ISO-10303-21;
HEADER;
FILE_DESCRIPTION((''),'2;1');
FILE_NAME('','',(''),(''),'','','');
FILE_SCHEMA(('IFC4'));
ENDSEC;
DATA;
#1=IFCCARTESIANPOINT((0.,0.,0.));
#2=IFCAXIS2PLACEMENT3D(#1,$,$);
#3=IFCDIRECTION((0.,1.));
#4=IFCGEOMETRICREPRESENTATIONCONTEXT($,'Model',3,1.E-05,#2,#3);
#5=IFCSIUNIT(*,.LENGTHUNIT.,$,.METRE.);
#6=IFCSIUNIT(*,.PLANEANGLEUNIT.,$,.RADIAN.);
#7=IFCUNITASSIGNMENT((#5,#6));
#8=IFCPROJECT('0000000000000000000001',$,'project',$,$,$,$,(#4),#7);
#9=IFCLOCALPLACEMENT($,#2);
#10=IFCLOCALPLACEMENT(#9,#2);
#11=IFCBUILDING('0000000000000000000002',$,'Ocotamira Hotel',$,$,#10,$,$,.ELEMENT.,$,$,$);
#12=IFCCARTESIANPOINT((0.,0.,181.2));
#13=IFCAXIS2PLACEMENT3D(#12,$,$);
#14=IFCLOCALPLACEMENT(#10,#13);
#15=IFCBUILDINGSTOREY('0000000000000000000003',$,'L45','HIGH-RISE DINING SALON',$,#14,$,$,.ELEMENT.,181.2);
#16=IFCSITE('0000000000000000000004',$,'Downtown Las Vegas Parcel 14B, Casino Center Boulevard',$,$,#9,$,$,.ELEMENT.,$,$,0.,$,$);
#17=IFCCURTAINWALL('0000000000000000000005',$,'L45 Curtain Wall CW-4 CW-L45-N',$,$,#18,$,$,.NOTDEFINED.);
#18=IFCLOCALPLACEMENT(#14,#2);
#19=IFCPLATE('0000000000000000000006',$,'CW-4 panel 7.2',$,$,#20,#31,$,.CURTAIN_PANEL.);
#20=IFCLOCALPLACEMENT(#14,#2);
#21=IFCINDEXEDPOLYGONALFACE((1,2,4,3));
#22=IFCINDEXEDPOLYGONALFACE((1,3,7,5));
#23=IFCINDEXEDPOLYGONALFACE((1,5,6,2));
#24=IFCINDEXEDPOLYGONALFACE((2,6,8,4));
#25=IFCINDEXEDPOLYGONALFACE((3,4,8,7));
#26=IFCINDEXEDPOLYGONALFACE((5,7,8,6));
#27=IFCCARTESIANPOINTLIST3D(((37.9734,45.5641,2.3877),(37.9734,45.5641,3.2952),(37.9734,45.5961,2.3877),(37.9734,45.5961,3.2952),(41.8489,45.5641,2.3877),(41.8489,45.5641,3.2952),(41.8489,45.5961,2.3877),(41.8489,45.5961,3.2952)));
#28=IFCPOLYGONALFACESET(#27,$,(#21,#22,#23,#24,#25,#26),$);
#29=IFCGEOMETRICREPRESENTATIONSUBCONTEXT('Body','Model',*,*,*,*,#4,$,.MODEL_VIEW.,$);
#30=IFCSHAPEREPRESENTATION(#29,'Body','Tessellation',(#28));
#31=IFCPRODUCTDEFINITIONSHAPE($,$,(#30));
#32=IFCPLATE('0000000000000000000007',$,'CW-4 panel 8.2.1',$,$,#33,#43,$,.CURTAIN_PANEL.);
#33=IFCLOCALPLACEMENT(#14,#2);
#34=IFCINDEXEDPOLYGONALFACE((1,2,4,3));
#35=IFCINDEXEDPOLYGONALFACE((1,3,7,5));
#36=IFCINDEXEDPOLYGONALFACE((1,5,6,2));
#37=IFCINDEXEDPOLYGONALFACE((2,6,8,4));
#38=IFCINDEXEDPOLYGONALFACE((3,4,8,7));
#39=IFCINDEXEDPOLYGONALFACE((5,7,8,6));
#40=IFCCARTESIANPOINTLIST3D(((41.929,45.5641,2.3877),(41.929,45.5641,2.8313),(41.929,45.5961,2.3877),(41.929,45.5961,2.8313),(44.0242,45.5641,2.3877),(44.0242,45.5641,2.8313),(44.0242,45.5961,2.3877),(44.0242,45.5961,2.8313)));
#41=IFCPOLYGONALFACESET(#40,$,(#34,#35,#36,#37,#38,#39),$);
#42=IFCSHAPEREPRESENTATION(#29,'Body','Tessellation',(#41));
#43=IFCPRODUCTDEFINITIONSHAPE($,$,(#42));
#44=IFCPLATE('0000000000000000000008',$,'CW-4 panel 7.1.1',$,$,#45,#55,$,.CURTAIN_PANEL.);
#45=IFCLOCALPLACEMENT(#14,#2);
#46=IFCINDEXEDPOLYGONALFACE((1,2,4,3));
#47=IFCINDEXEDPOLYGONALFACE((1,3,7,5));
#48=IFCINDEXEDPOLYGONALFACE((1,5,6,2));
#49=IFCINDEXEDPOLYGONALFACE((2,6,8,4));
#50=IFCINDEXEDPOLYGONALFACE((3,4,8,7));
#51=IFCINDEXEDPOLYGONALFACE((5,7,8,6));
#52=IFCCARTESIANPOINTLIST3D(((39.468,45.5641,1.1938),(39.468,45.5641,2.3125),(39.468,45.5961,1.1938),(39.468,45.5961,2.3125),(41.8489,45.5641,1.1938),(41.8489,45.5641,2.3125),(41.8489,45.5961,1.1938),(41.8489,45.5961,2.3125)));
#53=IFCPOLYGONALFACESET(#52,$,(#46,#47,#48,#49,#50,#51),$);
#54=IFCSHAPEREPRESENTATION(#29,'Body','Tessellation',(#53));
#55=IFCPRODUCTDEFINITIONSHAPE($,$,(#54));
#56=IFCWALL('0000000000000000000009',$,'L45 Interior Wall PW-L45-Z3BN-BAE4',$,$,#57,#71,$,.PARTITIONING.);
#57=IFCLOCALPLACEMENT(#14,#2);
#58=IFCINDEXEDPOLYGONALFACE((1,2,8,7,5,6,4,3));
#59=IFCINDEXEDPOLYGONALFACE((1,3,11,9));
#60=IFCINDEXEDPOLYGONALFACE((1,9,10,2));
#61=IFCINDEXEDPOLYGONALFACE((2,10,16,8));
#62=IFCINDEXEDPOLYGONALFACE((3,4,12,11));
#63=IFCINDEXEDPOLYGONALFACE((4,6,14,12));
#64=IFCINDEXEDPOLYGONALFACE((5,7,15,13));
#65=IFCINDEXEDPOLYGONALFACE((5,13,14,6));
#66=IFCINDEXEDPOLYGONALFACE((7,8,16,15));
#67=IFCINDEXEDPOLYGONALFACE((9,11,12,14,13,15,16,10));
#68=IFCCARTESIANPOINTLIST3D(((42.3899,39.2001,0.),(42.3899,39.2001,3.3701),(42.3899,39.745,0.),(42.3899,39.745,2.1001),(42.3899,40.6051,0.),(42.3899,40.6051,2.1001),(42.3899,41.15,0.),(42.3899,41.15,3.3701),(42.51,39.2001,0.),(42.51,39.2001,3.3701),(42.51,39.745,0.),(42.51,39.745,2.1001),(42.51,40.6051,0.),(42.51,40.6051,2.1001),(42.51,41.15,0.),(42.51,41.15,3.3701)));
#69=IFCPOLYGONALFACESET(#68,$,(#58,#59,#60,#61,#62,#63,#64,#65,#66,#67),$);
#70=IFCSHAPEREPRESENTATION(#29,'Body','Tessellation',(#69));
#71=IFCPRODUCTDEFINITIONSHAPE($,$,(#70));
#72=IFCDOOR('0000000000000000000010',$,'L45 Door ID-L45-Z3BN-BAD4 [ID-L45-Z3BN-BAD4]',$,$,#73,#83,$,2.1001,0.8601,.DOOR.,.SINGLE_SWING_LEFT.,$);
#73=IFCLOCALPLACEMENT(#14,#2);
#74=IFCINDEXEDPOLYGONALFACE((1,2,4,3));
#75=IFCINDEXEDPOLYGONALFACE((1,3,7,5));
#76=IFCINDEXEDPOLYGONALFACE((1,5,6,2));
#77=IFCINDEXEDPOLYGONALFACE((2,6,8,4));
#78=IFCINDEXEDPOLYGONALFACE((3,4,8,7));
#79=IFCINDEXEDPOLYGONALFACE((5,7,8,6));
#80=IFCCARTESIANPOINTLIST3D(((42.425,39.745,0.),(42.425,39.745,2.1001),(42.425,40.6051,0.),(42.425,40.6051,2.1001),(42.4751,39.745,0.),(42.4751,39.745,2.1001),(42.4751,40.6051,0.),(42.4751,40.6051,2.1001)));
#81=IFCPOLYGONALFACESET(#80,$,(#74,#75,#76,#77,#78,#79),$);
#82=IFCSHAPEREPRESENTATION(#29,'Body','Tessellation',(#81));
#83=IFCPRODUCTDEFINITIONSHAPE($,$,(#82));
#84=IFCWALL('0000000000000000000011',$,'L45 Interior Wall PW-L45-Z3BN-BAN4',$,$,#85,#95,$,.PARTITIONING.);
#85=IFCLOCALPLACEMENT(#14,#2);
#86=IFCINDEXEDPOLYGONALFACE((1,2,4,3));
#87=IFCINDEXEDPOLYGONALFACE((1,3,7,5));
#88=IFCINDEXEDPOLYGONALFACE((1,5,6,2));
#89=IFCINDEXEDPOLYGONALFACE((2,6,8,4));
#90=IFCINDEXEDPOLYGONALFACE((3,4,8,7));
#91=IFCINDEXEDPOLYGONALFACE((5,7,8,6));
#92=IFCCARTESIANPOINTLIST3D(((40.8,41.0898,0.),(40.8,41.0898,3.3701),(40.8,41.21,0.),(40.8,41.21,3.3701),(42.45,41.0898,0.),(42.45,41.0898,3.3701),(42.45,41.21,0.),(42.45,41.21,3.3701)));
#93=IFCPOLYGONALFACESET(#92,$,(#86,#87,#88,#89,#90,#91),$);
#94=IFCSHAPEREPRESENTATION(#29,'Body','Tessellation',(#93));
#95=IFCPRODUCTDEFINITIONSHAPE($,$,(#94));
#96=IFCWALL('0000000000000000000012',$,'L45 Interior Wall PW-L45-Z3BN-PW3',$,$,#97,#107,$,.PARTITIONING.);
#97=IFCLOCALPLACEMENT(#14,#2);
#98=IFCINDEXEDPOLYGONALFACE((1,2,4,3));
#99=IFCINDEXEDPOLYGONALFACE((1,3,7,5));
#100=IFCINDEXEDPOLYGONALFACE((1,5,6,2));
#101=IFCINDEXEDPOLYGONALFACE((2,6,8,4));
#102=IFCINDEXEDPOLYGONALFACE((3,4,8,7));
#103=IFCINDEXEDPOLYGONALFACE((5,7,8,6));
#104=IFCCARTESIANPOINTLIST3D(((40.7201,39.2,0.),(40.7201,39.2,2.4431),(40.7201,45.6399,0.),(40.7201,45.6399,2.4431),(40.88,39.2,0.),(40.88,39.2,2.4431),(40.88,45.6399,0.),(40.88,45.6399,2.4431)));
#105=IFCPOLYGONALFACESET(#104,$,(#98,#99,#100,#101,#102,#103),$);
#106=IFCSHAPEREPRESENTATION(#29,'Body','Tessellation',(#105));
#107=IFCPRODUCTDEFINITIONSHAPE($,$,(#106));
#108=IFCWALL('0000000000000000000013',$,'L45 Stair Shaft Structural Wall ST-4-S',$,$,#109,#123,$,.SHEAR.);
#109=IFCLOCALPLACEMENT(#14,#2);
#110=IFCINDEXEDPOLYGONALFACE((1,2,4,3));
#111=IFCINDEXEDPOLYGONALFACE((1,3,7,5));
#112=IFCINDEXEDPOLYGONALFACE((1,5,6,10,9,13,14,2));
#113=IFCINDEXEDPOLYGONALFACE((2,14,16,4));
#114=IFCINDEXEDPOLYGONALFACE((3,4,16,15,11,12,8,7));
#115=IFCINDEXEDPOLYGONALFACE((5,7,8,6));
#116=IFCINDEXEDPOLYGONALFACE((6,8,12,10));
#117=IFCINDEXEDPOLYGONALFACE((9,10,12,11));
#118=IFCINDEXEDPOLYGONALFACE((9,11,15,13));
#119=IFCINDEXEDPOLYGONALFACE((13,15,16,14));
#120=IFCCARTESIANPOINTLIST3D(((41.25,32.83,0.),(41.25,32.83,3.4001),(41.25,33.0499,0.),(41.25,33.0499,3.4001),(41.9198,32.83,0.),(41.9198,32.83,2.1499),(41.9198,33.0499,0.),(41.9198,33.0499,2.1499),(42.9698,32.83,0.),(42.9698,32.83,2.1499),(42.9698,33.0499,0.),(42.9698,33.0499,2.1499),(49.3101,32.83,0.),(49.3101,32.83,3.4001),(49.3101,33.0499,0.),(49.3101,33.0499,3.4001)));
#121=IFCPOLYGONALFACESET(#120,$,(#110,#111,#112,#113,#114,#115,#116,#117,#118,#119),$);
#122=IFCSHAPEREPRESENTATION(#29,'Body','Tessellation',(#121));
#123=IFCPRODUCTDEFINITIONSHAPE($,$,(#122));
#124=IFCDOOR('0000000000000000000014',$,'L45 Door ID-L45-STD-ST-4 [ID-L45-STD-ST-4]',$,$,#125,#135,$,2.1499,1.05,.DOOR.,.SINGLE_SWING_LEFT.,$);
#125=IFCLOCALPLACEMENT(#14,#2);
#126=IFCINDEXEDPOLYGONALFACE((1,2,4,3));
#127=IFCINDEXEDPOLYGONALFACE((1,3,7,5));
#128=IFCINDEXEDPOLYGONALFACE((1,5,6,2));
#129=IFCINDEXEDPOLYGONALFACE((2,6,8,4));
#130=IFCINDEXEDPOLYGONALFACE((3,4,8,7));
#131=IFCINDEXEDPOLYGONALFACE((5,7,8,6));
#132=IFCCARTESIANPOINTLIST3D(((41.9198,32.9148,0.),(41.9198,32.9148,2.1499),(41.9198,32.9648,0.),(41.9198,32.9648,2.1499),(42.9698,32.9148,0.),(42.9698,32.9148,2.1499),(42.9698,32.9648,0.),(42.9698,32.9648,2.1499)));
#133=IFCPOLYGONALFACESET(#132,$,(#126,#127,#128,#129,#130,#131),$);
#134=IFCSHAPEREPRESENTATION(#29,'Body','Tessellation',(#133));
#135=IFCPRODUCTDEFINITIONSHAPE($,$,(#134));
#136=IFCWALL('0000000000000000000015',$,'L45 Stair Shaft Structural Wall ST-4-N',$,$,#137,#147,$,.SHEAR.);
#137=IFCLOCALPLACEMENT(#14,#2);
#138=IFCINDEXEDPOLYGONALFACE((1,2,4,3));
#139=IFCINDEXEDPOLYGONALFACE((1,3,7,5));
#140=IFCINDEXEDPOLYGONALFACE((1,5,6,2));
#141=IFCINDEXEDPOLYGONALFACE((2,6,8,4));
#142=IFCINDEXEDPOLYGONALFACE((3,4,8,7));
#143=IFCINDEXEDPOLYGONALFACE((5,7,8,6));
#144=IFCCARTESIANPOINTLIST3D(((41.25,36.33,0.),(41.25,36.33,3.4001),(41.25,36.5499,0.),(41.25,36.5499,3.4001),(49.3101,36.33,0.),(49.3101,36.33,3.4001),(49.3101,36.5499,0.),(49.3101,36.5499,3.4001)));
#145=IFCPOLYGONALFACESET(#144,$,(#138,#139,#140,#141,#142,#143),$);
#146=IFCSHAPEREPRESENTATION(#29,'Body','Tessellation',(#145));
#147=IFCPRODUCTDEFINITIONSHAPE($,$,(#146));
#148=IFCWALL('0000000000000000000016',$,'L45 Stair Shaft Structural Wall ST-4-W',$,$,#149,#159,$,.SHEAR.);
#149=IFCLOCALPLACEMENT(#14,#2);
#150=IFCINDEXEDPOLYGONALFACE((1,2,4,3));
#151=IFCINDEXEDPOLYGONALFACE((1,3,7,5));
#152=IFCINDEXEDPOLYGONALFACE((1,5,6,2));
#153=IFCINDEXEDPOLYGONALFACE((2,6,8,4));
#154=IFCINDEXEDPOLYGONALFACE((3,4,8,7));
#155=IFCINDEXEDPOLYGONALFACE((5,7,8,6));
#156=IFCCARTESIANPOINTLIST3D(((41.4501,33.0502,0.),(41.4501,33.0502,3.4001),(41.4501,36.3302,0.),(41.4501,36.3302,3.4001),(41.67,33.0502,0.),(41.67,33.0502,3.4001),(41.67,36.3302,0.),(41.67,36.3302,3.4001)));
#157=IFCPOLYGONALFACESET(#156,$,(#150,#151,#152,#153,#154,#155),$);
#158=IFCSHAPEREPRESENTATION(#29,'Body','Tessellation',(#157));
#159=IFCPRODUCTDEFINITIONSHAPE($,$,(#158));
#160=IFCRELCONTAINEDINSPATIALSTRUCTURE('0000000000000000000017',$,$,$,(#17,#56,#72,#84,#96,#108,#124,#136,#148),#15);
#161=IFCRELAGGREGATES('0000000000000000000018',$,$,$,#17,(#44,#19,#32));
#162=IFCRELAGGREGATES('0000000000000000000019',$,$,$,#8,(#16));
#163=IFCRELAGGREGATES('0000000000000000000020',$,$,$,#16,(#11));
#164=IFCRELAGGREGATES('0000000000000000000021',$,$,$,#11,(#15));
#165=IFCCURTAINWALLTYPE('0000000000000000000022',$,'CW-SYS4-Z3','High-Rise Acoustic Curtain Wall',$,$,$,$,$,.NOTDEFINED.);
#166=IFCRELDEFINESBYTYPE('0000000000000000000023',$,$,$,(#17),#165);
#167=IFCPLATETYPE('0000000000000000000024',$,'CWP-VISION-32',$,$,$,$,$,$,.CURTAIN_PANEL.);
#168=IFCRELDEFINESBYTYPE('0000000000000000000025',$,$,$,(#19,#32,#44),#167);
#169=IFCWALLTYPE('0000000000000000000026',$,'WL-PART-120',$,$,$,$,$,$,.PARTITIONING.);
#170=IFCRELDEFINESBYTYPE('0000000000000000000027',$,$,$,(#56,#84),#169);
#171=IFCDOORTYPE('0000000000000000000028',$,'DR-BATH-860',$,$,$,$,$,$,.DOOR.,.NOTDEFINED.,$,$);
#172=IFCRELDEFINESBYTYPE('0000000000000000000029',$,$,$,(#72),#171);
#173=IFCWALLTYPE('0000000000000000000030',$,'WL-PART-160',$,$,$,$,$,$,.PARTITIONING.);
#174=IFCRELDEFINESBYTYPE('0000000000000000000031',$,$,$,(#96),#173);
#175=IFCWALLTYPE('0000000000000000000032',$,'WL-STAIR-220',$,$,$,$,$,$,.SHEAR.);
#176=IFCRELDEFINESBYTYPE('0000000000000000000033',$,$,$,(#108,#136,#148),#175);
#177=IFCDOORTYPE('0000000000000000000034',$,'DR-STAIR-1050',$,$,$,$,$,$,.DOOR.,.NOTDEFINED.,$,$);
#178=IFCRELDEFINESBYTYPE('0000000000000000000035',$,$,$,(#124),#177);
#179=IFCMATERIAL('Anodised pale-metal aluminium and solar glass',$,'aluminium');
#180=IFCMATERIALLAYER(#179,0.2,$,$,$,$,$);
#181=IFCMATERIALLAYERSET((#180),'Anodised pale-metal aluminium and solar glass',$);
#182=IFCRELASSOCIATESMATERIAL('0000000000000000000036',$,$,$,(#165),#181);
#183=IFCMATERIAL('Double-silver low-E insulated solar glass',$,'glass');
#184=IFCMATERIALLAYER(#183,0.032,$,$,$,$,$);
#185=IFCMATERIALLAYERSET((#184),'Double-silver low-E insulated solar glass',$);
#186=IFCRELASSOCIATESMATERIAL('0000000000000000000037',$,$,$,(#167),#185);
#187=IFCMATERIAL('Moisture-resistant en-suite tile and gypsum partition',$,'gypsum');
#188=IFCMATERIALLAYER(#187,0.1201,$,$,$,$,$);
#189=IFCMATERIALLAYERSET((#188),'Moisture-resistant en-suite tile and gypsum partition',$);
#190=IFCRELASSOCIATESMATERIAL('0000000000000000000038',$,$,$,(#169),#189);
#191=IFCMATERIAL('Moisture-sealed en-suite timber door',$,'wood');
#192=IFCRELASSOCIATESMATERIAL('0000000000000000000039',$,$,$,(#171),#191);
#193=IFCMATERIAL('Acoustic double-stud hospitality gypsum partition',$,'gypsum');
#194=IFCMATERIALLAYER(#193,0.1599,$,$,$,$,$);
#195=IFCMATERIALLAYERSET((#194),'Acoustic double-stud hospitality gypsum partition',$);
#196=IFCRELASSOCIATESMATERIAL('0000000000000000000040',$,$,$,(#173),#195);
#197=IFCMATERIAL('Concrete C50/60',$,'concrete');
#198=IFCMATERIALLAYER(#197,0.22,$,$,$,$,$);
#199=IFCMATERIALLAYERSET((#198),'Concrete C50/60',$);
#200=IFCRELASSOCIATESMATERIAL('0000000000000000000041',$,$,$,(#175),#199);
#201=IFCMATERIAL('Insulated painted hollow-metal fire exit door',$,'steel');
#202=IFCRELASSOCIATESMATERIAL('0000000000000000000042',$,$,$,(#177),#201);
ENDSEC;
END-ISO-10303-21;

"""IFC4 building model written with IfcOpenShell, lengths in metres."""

from ifc_helpers import new_model, si_unit, direction, frame, frame_2d, origin, origin_2d, place, context, subcontext, project, spatial, rectangle, extrude, source, transform, mapped, material, layer, layer_set, type_object, element, fill, aggregate, save


model = new_model("IFC4")

# Units and contexts
model_context = context("Model", 3, precision=1e-05, world=origin(), true_north=direction((0.0, 1.0)))
body_context = subcontext(model_context, "Body", "Model", "MODEL_VIEW")
ifc_project = project(units=[si_unit("LENGTHUNIT", "METRE"), si_unit("PLANEANGLEUNIT", "RADIAN")], contexts=[model_context])

# Site, building, storey
site_placement = place(None, origin())
site = spatial("IfcSite", under=ifc_project, at=site_placement, Name="Downtown Las Vegas Parcel 14B, Casino Center Boulevard", CompositionType="ELEMENT", RefElevation=0.0)
building_placement = place(site_placement, origin())
building = spatial("IfcBuilding", under=site, at=building_placement, Name="Ocotamira Hotel", CompositionType="ELEMENT")
storey_placement = place(building_placement, frame((0.0, 0.0, 181.2)))
storey = spatial("IfcBuildingStorey", under=building, at=storey_placement, Name="L45", Description="HIGH-RISE DINING SALON", CompositionType="ELEMENT", Elevation=181.2)

# Shared definitions
ifc_material_1 = material(Name="Concrete C50/60", Category="concrete")

# Curtain wall
ifc_material_2 = material(Name="Anodised pale-metal aluminium and solar glass", Category="aluminium")
ifc_layer_1 = layer(ifc_material_2, 0.2)
ifc_layer_set_1 = layer_set([ifc_layer_1], Name="Anodised pale-metal aluminium and solar glass")
curtain_wall_type = type_object("IfcCurtainWallType", Name="CW-SYS4-Z3", Description="High-Rise Acoustic Curtain Wall", PredefinedType="NOTDEFINED", material=ifc_layer_set_1)
curtain_wall_placement = place(storey_placement, origin())
curtain_wall = element("IfcCurtainWall", 1, at=curtain_wall_placement, inside=storey, type_object=curtain_wall_type, Name="L45 Curtain Wall CW-4 CW-L45-N", PredefinedType="NOTDEFINED")

# Plates
ifc_material_3 = material(Name="Double-silver low-E insulated solar glass", Category="glass")
ifc_layer_2 = layer(ifc_material_3, 0.032)
ifc_layer_set_2 = layer_set([ifc_layer_2], Name="Double-silver low-E insulated solar glass")
plate_type_1 = type_object("IfcPlateType", Name="CWP-VISION-32", PredefinedType="CURTAIN_PANEL", material=ifc_layer_set_2)
shared_shape_1 = source(origin(), body_context, "Body", "SweptSolid", [
    extrude(rectangle(XDim=3.8755, YDim=0.032, at=origin_2d()), origin(), (0.0, 0.0, 1.0), 0.9075),
])
plate_1_placement = place(storey_placement, frame((39.9111, 45.5801, 2.3877), z_axis=(0.0, 0.0, 1.0), x_axis=(1.0, 0.0, 0.0)))
plate_1 = element("IfcPlate", 2, at=plate_1_placement, type_object=plate_type_1, Name="CW-4 panel 7.2", PredefinedType="CURTAIN_PANEL", context=body_context, shape_type="MappedRepresentation", body=[
    mapped(shared_shape_1, transform((0.0, 0.0, 0.0), scale=1.0)),
])
shared_shape_2 = source(origin(), body_context, "Body", "SweptSolid", [
    extrude(rectangle(XDim=2.0952, YDim=0.032, at=origin_2d()), origin(), (0.0, 0.0, 1.0), 0.4436),
])
plate_2_placement = place(storey_placement, frame((42.9766, 45.5801, 2.3877), z_axis=(0.0, 0.0, 1.0), x_axis=(1.0, 0.0, 0.0)))
plate_2 = element("IfcPlate", 3, at=plate_2_placement, type_object=plate_type_1, Name="CW-4 panel 8.2.1", PredefinedType="CURTAIN_PANEL", context=body_context, shape_type="MappedRepresentation", body=[
    mapped(shared_shape_2, transform((0.0, 0.0, 0.0), scale=1.0)),
])
shared_shape_3 = source(origin(), body_context, "Body", "SweptSolid", [
    extrude(rectangle(XDim=2.3809, YDim=0.032, at=origin_2d()), origin(), (0.0, 0.0, 1.0), 1.1187),
])
plate_3_placement = place(storey_placement, frame((40.6584, 45.5801, 1.1938), z_axis=(0.0, 0.0, 1.0), x_axis=(1.0, 0.0, 0.0)))
plate_3 = element("IfcPlate", 4, at=plate_3_placement, type_object=plate_type_1, Name="CW-4 panel 7.1.1", PredefinedType="CURTAIN_PANEL", context=body_context, shape_type="MappedRepresentation", body=[
    mapped(shared_shape_3, transform((0.0, 0.0, 0.0), scale=1.0)),
])
aggregate(curtain_wall, [plate_3, plate_1, plate_2])

# Wall, opening, door
ifc_material_4 = material(Name="Moisture-resistant en-suite tile and gypsum partition", Category="gypsum")
ifc_layer_3 = layer(ifc_material_4, 0.1201)
ifc_layer_set_3 = layer_set([ifc_layer_3], Name="Moisture-resistant en-suite tile and gypsum partition")
wall_type_1 = type_object("IfcWallType", Name="WL-PART-120", PredefinedType="PARTITIONING", material=ifc_layer_set_3)
wall_1_placement = place(storey_placement, frame((42.45, 39.2, 0.0), z_axis=(0.0, 0.0, 1.0), x_axis=(0.0, 1.0, 0.0)))
wall_1 = element("IfcWall", 5, at=wall_1_placement, inside=storey, type_object=wall_type_1, Name="L45 Interior Wall PW-L45-Z3BN-BAE4", PredefinedType="PARTITIONING", context=body_context, shape_type="SweptSolid", body=[
    extrude(rectangle(XDim=1.95, YDim=0.1201, at=frame_2d((0.9751, 0.0))), origin(), (0.0, 0.0, 1.0), 3.3701),
])
opening_1_placement = place(wall_1_placement, frame((0.5449, 0.0, 0.0)))
opening_1 = element("IfcOpeningElement", 6, at=opening_1_placement, cuts=wall_1, PredefinedType="OPENING", context=body_context, shape_type="SweptSolid", body=[
    extrude(rectangle(XDim=0.8601, YDim=2.1001, at=frame_2d((0.4302, 1.05))), frame((0.0, 0.0701, 0.0), z_axis=(0.0, -1.0, 0.0), x_axis=(1.0, 0.0, 0.0)), (0.0, 0.0, 1.0), 0.1401),
])
ifc_material_5 = material(Name="Moisture-sealed en-suite timber door", Category="wood")
door_type_1 = type_object("IfcDoorType", Name="DR-BATH-860", OperationType="NOTDEFINED", PredefinedType="DOOR", material=ifc_material_5)
shared_shape_4 = source(origin(), body_context, "Body", "SweptSolid", [
    extrude(rectangle(XDim=0.8601, YDim=2.1001, at=frame_2d((0.4302, 1.05))), frame((0.0, 0.0249, 0.0), z_axis=(0.0, -1.0, 0.0), x_axis=(1.0, 0.0, 0.0)), (0.0, 0.0, 1.0), 0.05),
])
door_1_placement = place(opening_1_placement, origin())
door_1 = element("IfcDoor", 7, at=door_1_placement, inside=storey, type_object=door_type_1, Name="L45 Door ID-L45-Z3BN-BAD4 [ID-L45-Z3BN-BAD4]", OperationType="SINGLE_SWING_LEFT", OverallHeight=2.1001, OverallWidth=0.8601, PredefinedType="DOOR", context=body_context, shape_type="MappedRepresentation", body=[
    mapped(shared_shape_4, transform((0.0, 0.0, 0.0), scale=1.0)),
])
fill(opening_1, door_1)

# Walls
wall_2_placement = place(storey_placement, frame((40.8, 41.1499, 0.0), z_axis=(0.0, 0.0, 1.0), x_axis=(1.0, 0.0, 0.0)))
element("IfcWall", 8, at=wall_2_placement, inside=storey, type_object=wall_type_1, Name="L45 Interior Wall PW-L45-Z3BN-BAN4", PredefinedType="PARTITIONING", context=body_context, shape_type="SweptSolid", body=[
    extrude(rectangle(XDim=1.6499, YDim=0.1201, at=frame_2d((0.825, 0.0))), origin(), (0.0, 0.0, 1.0), 3.3701),
])
ifc_material_6 = material(Name="Acoustic double-stud hospitality gypsum partition", Category="gypsum")
ifc_layer_4 = layer(ifc_material_6, 0.1599)
ifc_layer_set_4 = layer_set([ifc_layer_4], Name="Acoustic double-stud hospitality gypsum partition")
wall_type_2 = type_object("IfcWallType", Name="WL-PART-160", PredefinedType="PARTITIONING", material=ifc_layer_set_4)
wall_3_placement = place(storey_placement, frame((40.8, 39.2, 0.0), z_axis=(0.0, 0.0, 1.0), x_axis=(0.0, 1.0, 0.0)))
element("IfcWall", 9, at=wall_3_placement, inside=storey, type_object=wall_type_2, Name="L45 Interior Wall PW-L45-Z3BN-PW3", PredefinedType="PARTITIONING", context=body_context, shape_type="SweptSolid", body=[
    extrude(rectangle(XDim=6.4399, YDim=0.1599, at=frame_2d((3.22, 0.0))), origin(), (0.0, 0.0, 1.0), 2.4431),
])

# Wall, opening, door
ifc_layer_5 = layer(ifc_material_1, 0.22)
ifc_layer_set_5 = layer_set([ifc_layer_5], Name="Concrete C50/60")
wall_type_3 = type_object("IfcWallType", Name="WL-STAIR-220", PredefinedType="SHEAR", material=ifc_layer_set_5)
wall_4_placement = place(storey_placement, frame((41.25, 32.9399, 0.0), z_axis=(0.0, 0.0, 1.0), x_axis=(1.0, 0.0, 0.0)))
wall_4 = element("IfcWall", 10, at=wall_4_placement, inside=storey, type_object=wall_type_3, Name="L45 Stair Shaft Structural Wall ST-4-S", PredefinedType="SHEAR", context=body_context, shape_type="SweptSolid", body=[
    extrude(rectangle(XDim=8.0601, YDim=0.22, at=frame_2d((4.03, 0.0))), origin(), (0.0, 0.0, 1.0), 3.4001),
])
opening_2_placement = place(wall_4_placement, frame((0.6699, 0.0, 0.0)))
opening_2 = element("IfcOpeningElement", 11, at=opening_2_placement, cuts=wall_4, PredefinedType="OPENING", context=body_context, shape_type="SweptSolid", body=[
    extrude(rectangle(XDim=1.05, YDim=2.1499, at=frame_2d((0.5249, 1.075))), frame((0.0, 0.1201, 0.0), z_axis=(0.0, -1.0, 0.0), x_axis=(1.0, 0.0, 0.0)), (0.0, 0.0, 1.0), 0.24),
])
ifc_material_7 = material(Name="Insulated painted hollow-metal fire exit door", Category="steel")
door_type_2 = type_object("IfcDoorType", Name="DR-STAIR-1050", OperationType="NOTDEFINED", PredefinedType="DOOR", material=ifc_material_7)
shared_shape_5 = source(origin(), body_context, "Body", "SweptSolid", [
    extrude(rectangle(XDim=1.05, YDim=2.1499, at=frame_2d((0.5249, 1.075))), frame((0.0, 0.0249, 0.0), z_axis=(0.0, -1.0, 0.0), x_axis=(1.0, 0.0, 0.0)), (0.0, 0.0, 1.0), 0.05),
])
door_2_placement = place(opening_2_placement, origin())
door_2 = element("IfcDoor", 12, at=door_2_placement, inside=storey, type_object=door_type_2, Name="L45 Door ID-L45-STD-ST-4 [ID-L45-STD-ST-4]", OperationType="SINGLE_SWING_LEFT", OverallHeight=2.1499, OverallWidth=1.05, PredefinedType="DOOR", context=body_context, shape_type="MappedRepresentation", body=[
    mapped(shared_shape_5, transform((0.0, 0.0, 0.0), scale=1.0)),
])
fill(opening_2, door_2)

# Walls
wall_5_placement = place(storey_placement, frame((41.25, 36.4399, 0.0), z_axis=(0.0, 0.0, 1.0), x_axis=(1.0, 0.0, 0.0)))
element("IfcWall", 13, at=wall_5_placement, inside=storey, type_object=wall_type_3, Name="L45 Stair Shaft Structural Wall ST-4-N", PredefinedType="SHEAR", context=body_context, shape_type="SweptSolid", body=[
    extrude(rectangle(XDim=8.0601, YDim=0.22, at=frame_2d((4.03, 0.0))), origin(), (0.0, 0.0, 1.0), 3.4001),
])
wall_6_placement = place(storey_placement, frame((41.5601, 33.05, 0.0), z_axis=(0.0, 0.0, 1.0), x_axis=(0.0, 1.0, 0.0)))
element("IfcWall", 14, at=wall_6_placement, inside=storey, type_object=wall_type_3, Name="L45 Stair Shaft Structural Wall ST-4-W", PredefinedType="SHEAR", context=body_context, shape_type="SweptSolid", body=[
    extrude(rectangle(XDim=3.28, YDim=0.22, at=frame_2d((1.6401, 0.0))), origin(), (0.0, 0.0, 1.0), 3.4001),
])

save(model, "model.ifc")
